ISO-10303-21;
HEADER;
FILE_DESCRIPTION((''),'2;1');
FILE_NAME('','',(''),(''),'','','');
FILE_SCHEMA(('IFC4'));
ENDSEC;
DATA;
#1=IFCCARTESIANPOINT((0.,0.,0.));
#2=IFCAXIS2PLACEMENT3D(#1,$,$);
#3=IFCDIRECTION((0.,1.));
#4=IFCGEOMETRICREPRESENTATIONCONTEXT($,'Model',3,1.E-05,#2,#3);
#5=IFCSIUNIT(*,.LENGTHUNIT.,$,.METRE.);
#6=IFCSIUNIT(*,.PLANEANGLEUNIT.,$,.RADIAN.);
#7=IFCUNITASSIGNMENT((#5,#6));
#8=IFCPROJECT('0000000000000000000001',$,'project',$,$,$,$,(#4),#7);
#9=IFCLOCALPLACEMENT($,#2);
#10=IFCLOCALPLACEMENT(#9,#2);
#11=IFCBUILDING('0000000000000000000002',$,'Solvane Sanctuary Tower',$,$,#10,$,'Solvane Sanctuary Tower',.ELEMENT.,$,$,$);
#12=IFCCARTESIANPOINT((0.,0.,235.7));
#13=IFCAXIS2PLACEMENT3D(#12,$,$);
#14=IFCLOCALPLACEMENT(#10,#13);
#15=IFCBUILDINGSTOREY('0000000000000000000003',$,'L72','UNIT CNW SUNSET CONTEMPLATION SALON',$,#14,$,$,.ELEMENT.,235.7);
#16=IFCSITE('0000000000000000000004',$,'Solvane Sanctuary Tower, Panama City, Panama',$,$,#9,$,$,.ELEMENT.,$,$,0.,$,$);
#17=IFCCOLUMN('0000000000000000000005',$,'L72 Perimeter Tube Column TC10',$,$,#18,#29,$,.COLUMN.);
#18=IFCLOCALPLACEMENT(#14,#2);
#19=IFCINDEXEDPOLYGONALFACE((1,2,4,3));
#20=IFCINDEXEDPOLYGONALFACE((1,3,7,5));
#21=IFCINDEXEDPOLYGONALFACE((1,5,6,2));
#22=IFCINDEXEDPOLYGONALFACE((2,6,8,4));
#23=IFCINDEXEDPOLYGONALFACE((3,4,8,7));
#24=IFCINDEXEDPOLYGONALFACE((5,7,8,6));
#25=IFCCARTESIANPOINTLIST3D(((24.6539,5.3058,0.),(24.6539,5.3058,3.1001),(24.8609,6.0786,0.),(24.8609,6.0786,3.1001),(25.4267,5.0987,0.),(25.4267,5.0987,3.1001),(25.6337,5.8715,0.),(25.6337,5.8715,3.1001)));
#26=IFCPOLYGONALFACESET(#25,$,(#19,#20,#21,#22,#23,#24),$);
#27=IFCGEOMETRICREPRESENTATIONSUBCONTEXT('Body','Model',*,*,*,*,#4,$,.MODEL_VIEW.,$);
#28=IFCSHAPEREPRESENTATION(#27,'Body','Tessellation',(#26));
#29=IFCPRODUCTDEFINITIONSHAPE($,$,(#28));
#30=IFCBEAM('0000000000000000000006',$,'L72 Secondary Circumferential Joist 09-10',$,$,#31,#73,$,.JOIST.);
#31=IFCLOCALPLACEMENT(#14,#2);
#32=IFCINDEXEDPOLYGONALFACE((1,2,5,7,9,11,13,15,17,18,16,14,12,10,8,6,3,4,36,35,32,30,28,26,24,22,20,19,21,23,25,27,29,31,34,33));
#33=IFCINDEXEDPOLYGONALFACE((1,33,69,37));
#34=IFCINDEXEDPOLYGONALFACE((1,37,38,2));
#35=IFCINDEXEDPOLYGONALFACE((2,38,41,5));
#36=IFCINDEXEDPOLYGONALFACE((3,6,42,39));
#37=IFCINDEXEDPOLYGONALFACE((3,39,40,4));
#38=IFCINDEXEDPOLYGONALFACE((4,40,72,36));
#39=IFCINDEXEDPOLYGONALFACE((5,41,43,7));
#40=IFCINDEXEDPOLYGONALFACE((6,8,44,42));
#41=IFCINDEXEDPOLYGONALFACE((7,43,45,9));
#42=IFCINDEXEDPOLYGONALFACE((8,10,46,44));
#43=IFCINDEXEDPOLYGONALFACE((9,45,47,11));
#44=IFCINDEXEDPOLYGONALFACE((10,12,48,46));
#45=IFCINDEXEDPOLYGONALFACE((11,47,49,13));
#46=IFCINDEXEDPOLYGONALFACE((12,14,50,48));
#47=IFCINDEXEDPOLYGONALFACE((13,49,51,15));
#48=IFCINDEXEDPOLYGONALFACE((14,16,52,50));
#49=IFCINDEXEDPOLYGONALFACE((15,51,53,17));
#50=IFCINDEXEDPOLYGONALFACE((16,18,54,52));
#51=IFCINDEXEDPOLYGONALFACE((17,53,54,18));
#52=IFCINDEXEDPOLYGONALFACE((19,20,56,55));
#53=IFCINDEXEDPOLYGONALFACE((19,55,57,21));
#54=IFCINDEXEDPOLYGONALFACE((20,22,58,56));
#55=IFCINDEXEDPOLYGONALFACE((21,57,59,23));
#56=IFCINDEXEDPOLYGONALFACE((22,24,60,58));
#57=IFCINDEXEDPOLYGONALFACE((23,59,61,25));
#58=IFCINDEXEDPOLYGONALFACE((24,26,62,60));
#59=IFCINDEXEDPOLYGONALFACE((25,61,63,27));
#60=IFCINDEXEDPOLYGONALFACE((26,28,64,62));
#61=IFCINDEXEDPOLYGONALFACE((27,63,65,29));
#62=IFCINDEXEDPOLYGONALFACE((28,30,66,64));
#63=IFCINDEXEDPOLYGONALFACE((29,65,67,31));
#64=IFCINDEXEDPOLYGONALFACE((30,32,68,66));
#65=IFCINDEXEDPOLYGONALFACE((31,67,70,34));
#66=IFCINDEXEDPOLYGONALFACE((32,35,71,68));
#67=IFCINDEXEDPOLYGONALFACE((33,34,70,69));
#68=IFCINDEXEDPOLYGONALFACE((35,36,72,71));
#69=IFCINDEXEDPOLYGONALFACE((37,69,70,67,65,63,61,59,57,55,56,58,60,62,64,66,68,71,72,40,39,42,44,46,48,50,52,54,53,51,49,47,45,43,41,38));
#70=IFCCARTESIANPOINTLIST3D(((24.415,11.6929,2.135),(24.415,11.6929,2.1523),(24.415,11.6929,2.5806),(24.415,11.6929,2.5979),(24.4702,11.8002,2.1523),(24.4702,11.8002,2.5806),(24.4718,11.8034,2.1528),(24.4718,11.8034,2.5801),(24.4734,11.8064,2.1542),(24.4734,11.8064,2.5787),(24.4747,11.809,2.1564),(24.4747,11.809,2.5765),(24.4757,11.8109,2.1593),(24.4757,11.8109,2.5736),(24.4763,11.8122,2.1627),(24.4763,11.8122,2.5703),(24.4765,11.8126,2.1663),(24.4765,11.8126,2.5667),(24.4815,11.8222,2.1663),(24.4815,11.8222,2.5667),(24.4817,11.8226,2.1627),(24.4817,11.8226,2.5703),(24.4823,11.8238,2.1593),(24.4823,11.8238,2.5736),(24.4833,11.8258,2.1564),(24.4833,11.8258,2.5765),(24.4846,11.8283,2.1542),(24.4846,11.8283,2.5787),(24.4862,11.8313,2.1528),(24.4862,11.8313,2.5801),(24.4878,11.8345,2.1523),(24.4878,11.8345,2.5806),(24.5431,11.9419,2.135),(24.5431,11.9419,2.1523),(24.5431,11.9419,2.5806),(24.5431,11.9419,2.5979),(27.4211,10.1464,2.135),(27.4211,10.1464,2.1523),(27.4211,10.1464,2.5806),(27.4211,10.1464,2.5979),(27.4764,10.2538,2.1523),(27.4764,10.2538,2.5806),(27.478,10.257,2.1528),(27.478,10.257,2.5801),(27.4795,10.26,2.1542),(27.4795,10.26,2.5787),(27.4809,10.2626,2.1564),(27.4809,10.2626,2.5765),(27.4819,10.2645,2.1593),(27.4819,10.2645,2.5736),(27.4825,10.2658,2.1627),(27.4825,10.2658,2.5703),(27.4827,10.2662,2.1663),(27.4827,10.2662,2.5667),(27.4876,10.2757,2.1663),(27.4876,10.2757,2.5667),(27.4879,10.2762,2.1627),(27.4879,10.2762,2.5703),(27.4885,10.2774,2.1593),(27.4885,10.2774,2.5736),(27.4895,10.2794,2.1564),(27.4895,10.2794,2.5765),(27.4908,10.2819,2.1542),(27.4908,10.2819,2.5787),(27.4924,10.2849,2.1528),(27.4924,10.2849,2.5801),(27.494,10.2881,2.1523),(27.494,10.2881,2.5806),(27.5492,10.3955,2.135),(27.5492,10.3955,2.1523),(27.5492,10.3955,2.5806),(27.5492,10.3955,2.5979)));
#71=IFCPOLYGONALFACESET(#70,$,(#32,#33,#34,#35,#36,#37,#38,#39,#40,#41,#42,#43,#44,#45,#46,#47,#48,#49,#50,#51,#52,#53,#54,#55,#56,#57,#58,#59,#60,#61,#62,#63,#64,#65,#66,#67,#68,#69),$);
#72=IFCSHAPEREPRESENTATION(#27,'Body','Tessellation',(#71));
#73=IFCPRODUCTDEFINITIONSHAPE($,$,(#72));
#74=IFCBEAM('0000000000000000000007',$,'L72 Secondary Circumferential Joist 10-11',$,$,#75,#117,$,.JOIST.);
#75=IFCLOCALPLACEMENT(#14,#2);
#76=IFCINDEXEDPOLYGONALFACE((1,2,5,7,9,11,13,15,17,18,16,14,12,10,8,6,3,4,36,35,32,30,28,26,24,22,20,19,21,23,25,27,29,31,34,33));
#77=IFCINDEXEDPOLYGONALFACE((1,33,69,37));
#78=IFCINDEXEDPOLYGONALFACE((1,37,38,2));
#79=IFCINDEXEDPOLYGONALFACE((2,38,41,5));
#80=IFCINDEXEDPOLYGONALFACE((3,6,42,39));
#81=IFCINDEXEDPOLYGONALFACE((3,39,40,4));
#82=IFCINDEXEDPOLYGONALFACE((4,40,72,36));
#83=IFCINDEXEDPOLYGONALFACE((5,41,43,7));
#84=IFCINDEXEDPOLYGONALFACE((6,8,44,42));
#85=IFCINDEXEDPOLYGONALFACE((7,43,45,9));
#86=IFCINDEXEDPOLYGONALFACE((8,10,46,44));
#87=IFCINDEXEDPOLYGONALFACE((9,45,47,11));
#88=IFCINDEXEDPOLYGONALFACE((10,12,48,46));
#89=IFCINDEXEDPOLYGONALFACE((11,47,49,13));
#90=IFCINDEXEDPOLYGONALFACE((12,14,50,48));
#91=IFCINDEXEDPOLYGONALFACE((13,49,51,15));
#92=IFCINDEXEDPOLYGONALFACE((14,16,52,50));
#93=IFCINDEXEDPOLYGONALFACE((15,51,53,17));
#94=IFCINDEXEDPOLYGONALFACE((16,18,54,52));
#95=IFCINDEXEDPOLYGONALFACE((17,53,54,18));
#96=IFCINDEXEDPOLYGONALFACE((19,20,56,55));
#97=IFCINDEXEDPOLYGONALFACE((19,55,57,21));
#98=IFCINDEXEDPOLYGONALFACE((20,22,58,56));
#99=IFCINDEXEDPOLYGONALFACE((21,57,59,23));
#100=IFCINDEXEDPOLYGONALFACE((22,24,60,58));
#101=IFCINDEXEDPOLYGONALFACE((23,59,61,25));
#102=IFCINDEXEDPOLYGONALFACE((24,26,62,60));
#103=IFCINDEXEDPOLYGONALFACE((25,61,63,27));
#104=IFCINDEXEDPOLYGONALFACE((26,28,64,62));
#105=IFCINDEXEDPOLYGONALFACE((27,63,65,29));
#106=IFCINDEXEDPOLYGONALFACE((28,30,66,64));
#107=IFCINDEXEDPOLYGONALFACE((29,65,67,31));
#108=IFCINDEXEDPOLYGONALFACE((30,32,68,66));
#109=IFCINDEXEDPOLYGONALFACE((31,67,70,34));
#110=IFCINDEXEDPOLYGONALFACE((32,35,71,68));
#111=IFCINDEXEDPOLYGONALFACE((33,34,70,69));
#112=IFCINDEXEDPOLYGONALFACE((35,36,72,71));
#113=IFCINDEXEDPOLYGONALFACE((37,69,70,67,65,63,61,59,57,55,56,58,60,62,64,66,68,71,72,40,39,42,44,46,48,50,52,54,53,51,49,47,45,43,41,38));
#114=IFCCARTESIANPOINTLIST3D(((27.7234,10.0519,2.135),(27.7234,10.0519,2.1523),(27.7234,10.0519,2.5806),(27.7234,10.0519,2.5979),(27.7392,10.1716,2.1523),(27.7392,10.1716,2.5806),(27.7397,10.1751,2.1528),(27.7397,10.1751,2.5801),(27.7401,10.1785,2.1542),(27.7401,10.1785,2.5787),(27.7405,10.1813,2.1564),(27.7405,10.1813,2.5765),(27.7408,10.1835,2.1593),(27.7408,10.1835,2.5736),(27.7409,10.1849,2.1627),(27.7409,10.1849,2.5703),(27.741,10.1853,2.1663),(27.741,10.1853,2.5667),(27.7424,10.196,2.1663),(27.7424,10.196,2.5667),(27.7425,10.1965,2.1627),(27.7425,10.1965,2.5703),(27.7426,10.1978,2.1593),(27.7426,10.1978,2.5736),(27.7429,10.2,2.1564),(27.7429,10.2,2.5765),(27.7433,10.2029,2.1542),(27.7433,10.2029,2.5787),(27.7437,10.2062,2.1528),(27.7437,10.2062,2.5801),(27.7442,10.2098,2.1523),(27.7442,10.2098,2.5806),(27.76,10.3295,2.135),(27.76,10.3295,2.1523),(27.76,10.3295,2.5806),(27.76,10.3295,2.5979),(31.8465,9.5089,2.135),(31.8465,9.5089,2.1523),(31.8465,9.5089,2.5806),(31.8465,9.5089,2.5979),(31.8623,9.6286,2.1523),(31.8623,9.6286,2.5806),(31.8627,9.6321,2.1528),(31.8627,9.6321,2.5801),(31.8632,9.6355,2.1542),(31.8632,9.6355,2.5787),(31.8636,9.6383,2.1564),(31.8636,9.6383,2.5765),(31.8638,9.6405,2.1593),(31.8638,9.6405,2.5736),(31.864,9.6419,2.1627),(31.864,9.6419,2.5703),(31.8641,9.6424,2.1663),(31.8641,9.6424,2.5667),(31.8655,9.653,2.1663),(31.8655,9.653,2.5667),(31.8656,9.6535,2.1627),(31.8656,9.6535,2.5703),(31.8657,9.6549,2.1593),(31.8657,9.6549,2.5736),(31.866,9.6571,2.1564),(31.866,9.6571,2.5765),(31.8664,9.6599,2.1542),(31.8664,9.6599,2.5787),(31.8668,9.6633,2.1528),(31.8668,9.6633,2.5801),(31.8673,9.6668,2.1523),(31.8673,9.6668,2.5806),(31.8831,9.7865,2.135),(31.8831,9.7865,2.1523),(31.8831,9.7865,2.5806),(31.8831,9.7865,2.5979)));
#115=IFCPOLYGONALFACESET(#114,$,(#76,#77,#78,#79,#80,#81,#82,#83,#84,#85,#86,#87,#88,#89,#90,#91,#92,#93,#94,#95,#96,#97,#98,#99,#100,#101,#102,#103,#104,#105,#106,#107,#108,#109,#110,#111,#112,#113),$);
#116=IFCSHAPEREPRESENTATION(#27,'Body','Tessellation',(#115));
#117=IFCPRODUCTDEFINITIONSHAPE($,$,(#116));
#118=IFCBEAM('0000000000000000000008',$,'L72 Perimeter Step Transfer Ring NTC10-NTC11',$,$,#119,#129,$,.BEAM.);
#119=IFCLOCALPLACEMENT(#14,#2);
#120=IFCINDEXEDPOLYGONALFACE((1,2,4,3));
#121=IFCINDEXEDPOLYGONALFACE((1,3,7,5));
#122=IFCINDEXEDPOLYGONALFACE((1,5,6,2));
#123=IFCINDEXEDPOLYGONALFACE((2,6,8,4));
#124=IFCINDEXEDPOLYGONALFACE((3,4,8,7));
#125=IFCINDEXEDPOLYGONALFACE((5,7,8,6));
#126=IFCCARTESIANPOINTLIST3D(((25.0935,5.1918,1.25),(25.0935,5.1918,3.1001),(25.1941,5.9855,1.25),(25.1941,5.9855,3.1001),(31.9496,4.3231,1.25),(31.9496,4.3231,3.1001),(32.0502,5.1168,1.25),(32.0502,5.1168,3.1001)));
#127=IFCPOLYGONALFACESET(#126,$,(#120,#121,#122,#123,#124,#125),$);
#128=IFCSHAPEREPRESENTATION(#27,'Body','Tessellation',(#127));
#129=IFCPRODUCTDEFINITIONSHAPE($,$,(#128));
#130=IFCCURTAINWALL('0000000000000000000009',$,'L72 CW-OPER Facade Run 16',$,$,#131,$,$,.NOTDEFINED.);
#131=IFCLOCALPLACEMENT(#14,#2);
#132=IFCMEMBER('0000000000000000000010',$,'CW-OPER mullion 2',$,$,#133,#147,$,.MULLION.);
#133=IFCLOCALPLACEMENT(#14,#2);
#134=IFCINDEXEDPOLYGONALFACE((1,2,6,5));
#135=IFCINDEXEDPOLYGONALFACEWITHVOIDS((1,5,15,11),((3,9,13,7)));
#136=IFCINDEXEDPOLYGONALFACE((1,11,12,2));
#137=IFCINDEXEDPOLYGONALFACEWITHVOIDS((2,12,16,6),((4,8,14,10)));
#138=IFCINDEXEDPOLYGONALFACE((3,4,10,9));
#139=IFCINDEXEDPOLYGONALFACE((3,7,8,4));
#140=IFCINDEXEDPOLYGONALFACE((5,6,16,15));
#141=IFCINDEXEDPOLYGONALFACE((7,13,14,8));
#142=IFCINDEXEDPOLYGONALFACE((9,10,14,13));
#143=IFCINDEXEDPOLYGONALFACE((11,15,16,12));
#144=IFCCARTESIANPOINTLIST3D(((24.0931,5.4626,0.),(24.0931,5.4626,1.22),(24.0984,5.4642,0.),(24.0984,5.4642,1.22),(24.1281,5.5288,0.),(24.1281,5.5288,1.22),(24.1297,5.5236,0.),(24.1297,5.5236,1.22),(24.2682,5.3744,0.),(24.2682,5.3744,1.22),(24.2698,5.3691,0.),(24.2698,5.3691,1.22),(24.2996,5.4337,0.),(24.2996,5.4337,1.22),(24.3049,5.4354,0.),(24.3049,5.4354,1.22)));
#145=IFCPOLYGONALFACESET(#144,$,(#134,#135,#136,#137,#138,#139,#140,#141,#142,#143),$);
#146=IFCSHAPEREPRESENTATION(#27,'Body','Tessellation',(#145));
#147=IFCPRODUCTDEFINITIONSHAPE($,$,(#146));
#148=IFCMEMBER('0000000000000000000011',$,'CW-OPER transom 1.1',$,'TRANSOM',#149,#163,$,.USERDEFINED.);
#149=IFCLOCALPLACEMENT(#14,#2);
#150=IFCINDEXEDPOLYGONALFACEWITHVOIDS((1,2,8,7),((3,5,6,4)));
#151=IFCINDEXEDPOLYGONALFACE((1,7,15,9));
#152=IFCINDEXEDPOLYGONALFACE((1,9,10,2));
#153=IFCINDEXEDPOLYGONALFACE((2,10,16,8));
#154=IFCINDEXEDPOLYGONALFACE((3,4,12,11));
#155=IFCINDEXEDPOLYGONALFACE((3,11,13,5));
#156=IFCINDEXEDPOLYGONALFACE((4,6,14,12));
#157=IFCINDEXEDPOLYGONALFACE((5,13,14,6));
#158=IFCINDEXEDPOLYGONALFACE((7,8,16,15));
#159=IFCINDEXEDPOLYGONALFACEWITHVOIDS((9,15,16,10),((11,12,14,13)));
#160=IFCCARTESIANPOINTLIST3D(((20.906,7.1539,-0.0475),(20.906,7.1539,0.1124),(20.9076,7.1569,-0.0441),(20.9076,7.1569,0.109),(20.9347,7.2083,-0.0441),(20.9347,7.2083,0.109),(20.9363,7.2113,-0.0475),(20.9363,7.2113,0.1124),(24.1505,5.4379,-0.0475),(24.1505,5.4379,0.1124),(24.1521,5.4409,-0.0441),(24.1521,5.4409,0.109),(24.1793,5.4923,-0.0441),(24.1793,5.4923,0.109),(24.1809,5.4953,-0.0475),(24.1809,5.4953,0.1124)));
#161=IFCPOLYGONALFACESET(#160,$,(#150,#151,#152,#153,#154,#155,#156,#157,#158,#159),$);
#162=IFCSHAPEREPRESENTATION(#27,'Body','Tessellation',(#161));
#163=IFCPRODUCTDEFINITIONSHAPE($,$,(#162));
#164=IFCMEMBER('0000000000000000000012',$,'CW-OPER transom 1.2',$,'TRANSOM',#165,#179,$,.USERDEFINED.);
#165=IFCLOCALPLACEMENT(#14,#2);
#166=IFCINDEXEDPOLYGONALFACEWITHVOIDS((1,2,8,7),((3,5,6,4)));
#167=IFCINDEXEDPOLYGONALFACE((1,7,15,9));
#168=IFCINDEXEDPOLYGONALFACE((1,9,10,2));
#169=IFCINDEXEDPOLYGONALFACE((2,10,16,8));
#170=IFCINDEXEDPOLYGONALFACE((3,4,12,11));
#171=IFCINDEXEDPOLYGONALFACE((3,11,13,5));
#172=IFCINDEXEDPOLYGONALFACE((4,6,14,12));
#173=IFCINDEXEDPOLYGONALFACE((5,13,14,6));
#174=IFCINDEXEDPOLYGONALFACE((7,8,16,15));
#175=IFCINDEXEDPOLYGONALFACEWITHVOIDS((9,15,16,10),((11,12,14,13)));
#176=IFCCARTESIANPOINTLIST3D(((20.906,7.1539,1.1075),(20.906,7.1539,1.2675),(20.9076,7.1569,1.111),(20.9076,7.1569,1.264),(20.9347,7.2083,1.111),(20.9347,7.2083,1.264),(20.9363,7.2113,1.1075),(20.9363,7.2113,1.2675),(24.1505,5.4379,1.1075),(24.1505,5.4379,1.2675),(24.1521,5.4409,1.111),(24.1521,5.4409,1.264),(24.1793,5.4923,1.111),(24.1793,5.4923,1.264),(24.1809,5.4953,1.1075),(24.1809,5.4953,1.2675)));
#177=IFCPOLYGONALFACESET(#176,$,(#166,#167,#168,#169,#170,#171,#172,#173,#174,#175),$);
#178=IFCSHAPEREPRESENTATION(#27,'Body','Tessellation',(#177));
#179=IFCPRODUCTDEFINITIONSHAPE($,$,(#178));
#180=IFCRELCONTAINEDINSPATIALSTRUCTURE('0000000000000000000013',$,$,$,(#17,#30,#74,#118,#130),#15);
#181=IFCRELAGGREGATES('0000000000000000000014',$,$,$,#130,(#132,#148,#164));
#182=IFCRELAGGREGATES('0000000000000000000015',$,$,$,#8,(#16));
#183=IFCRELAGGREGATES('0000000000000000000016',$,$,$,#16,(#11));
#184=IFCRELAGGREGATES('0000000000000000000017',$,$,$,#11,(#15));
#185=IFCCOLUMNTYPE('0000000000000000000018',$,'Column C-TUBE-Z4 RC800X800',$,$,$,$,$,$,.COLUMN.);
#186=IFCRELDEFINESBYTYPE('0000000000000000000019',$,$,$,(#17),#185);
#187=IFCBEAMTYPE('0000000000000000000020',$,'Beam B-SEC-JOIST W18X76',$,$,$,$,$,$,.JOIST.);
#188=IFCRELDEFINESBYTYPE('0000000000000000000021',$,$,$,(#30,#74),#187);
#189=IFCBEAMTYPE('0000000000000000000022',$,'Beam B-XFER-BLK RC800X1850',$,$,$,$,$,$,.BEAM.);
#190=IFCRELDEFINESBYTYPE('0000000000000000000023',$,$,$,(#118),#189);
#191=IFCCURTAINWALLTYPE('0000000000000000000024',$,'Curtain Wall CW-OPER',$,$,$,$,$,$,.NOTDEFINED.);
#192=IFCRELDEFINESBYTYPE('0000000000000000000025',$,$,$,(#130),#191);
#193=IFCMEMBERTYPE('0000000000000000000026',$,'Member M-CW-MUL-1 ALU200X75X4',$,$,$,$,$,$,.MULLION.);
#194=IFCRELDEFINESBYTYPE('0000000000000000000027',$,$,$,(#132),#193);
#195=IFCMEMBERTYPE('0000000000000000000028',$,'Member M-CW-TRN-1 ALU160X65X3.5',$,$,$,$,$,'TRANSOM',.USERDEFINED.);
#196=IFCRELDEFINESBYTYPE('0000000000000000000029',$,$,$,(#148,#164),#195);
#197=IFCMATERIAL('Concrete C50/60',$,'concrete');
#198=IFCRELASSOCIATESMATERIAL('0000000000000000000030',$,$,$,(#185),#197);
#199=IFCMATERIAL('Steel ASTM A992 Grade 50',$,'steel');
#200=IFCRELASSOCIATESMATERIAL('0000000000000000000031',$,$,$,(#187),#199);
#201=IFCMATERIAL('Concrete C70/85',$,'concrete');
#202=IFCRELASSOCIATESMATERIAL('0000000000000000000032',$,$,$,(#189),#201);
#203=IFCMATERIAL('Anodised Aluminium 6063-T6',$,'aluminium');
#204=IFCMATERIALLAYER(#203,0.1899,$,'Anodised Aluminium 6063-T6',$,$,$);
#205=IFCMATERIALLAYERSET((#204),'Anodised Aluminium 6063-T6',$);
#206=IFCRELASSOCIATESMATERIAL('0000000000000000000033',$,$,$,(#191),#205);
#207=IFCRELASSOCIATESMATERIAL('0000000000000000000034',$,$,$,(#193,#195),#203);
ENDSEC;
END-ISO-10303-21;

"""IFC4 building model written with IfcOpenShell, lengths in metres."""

from ifc_helpers import new_model, si_unit, direction, frame, origin, origin_2d, place, context, subcontext, project, spatial, rectangle, hollow_rectangle, i_section, extrude, material, layer, layer_set, material_profile, profile_set, type_object, element, aggregate, save


model = new_model("IFC4")

# Units and contexts
model_context = context("Model", 3, precision=1e-05, world=origin(), true_north=direction((0.0, 1.0)))
body_context = subcontext(model_context, "Body", "Model", "MODEL_VIEW")
ifc_project = project(units=[si_unit("LENGTHUNIT", "METRE"), si_unit("PLANEANGLEUNIT", "RADIAN")], contexts=[model_context])

# Site, building, storey
site_placement = place(None, origin())
site = spatial("IfcSite", under=ifc_project, at=site_placement, Name="Solvane Sanctuary Tower, Panama City, Panama", CompositionType="ELEMENT", RefElevation=0.0)
building_placement = place(site_placement, origin())
building = spatial("IfcBuilding", under=site, at=building_placement, Name="Solvane Sanctuary Tower", LongName="Solvane Sanctuary Tower", CompositionType="ELEMENT")
storey_placement = place(building_placement, frame((0.0, 0.0, 235.7)))
storey = spatial("IfcBuildingStorey", under=building, at=storey_placement, Name="L72", Description="UNIT CNW SUNSET CONTEMPLATION SALON", CompositionType="ELEMENT", Elevation=235.7)

# Column
ifc_material_1 = material(Name="Concrete C50/60", Category="concrete")
ifc_material_profile_1 = material_profile(ifc_material_1, rectangle(XDim=0.8, YDim=0.8, at=origin_2d()), Name="RC800X800")
ifc_profile_set_1 = profile_set([ifc_material_profile_1], Name="Concrete C50/60")
column_type = type_object("IfcColumnType", Name="Column C-TUBE-Z4 RC800X800", PredefinedType="COLUMN", material=ifc_profile_set_1)
column_placement = place(storey_placement, frame((25.1438, 5.5886, 0.0), z_axis=(0.0, 0.0, 1.0), x_axis=(-0.258819, -0.965926, 0.0)))
element("IfcColumn", 1, at=column_placement, inside=storey, type_object=column_type, Name="L72 Perimeter Tube Column TC10", PredefinedType="COLUMN", context=body_context, shape_type="SweptSolid", body=[
    extrude(rectangle(XDim=0.8, YDim=0.8, at=origin_2d()), origin(), (0.0, 0.0, 1.0), 3.1001),
])

# Beams
ifc_material_2 = material(Name="Steel ASTM A992 Grade 50", Category="steel")
ifc_material_profile_2 = material_profile(ifc_material_2, i_section(OverallWidth=0.28, OverallDepth=0.4629, WebThickness=0.0107, FlangeThickness=0.0173, FilletRadius=0.0139, at=origin_2d()), Name="W18X76")
ifc_profile_set_2 = profile_set([ifc_material_profile_2], Name="Steel ASTM A992 Grade 50")
beam_type_1 = type_object("IfcBeamType", Name="Beam B-SEC-JOIST W18X76", PredefinedType="JOIST", material=ifc_profile_set_2)
beam_1_placement = place(storey_placement, frame((24.479, 11.8174, 2.3665), z_axis=(0.889241, -0.457439, 0.0), x_axis=(0.457439, 0.889241, 0.0)))
element("IfcBeam", 2, at=beam_1_placement, inside=storey, type_object=beam_type_1, Name="L72 Secondary Circumferential Joist 09-10", PredefinedType="JOIST", context=body_context, shape_type="SweptSolid", body=[
    extrude(i_section(OverallWidth=0.28, OverallDepth=0.4629, WebThickness=0.0107, FlangeThickness=0.0173, FilletRadius=0.0139, at=origin_2d()), origin(), (0.0, 0.0, 1.0), 3.3806),
])
beam_2_placement = place(storey_placement, frame((27.7417, 10.1907, 2.3665), z_axis=(0.99144, -0.130564, 0.0), x_axis=(0.130564, 0.99144, 0.0)))
element("IfcBeam", 3, at=beam_2_placement, inside=storey, type_object=beam_type_1, Name="L72 Secondary Circumferential Joist 10-11", PredefinedType="JOIST", context=body_context, shape_type="SweptSolid", body=[
    extrude(i_section(OverallWidth=0.28, OverallDepth=0.4629, WebThickness=0.0107, FlangeThickness=0.0173, FilletRadius=0.0139, at=origin_2d()), origin(), (0.0, 0.0, 1.0), 4.1587),
])
ifc_material_3 = material(Name="Concrete C70/85", Category="concrete")
ifc_material_profile_3 = material_profile(ifc_material_3, rectangle(XDim=0.8, YDim=1.8501, at=origin_2d()), Name="RC800X1850")
ifc_profile_set_3 = profile_set([ifc_material_profile_3], Name="Concrete C70/85")
beam_type_2 = type_object("IfcBeamType", Name="Beam B-XFER-BLK RC800X1850", PredefinedType="BEAM", material=ifc_profile_set_3)
beam_3_placement = place(storey_placement, frame((25.1438, 5.5886, 2.175), z_axis=(0.992069, -0.125691, 0.0), x_axis=(0.125691, 0.992069, 0.0)))
element("IfcBeam", 4, at=beam_3_placement, inside=storey, type_object=beam_type_2, Name="L72 Perimeter Step Transfer Ring NTC10-NTC11", PredefinedType="BEAM", context=body_context, shape_type="SweptSolid", body=[
    extrude(rectangle(XDim=0.8, YDim=1.8501, at=origin_2d()), origin(), (0.0, 0.0, 1.0), 6.9109),
])

# Curtain wall, members
ifc_material_4 = material(Name="Anodised Aluminium 6063-T6", Category="aluminium")
ifc_layer_1 = layer(ifc_material_4, 0.1899, Name="Anodised Aluminium 6063-T6")
ifc_layer_set_1 = layer_set([ifc_layer_1], Name="Anodised Aluminium 6063-T6")
curtain_wall_type = type_object("IfcCurtainWallType", Name="Curtain Wall CW-OPER", PredefinedType="NOTDEFINED", material=ifc_layer_set_1)
curtain_wall_placement = place(storey_placement, origin())
curtain_wall = element("IfcCurtainWall", 5, at=curtain_wall_placement, inside=storey, type_object=curtain_wall_type, Name="L72 CW-OPER Facade Run 16", PredefinedType="NOTDEFINED")
ifc_material_profile_4 = material_profile(ifc_material_4, hollow_rectangle(XDim=0.075, YDim=0.2, WallThickness=0.0039, at=origin_2d()), Name="ALU200X75X4")
ifc_profile_set_4 = profile_set([ifc_material_profile_4], Name="Anodised Aluminium 6063-T6")
member_type_1 = type_object("IfcMemberType", Name="Member M-CW-MUL-1 ALU200X75X4", PredefinedType="MULLION", material=ifc_profile_set_4)
member_1_placement = place(storey_placement, frame((24.199, 5.449, 0.0), z_axis=(0.0, 0.0, 1.0), x_axis=(0.467523, 0.883981, 0.0)))
member_1 = element("IfcMember", 6, at=member_1_placement, type_object=member_type_1, Name="CW-OPER mullion 2", PredefinedType="MULLION", context=body_context, shape_type="SweptSolid", body=[
    extrude(hollow_rectangle(XDim=0.075, YDim=0.2, WallThickness=0.0039, at=origin_2d()), origin(), (0.0, 0.0, 1.0), 1.22),
])
ifc_material_profile_5 = material_profile(ifc_material_4, hollow_rectangle(XDim=0.0649, YDim=0.1599, WallThickness=0.0034, at=origin_2d()), Name="ALU160X65X3.5")
ifc_profile_set_5 = profile_set([ifc_material_profile_5], Name="Anodised Aluminium 6063-T6")
member_type_2 = type_object("IfcMemberType", Name="Member M-CW-TRN-1 ALU160X65X3.5", ElementType="TRANSOM", PredefinedType="USERDEFINED", material=ifc_profile_set_5)
member_2_placement = place(storey_placement, frame((20.9211, 7.1826, 0.0325), z_axis=(0.883977, -0.46753, 0.0), x_axis=(0.46753, 0.883977, 0.0)))
member_2 = element("IfcMember", 7, at=member_2_placement, type_object=member_type_2, Name="CW-OPER transom 1.1", ObjectType="TRANSOM", PredefinedType="USERDEFINED", context=body_context, shape_type="SweptSolid", body=[
    extrude(hollow_rectangle(XDim=0.0649, YDim=0.1599, WallThickness=0.0034, at=origin_2d()), origin(), (0.0, 0.0, 1.0), 3.6704),
])
member_3_placement = place(storey_placement, frame((20.9211, 7.1826, 1.1875), z_axis=(0.883977, -0.46753, 0.0), x_axis=(0.46753, 0.883977, 0.0)))
member_3 = element("IfcMember", 8, at=member_3_placement, type_object=member_type_2, Name="CW-OPER transom 1.2", ObjectType="TRANSOM", PredefinedType="USERDEFINED", context=body_context, shape_type="SweptSolid", body=[
    extrude(hollow_rectangle(XDim=0.0649, YDim=0.1599, WallThickness=0.0034, at=origin_2d()), origin(), (0.0, 0.0, 1.0), 3.6704),
])
aggregate(curtain_wall, [member_1, member_2, member_3])

save(model, "model.ifc")
